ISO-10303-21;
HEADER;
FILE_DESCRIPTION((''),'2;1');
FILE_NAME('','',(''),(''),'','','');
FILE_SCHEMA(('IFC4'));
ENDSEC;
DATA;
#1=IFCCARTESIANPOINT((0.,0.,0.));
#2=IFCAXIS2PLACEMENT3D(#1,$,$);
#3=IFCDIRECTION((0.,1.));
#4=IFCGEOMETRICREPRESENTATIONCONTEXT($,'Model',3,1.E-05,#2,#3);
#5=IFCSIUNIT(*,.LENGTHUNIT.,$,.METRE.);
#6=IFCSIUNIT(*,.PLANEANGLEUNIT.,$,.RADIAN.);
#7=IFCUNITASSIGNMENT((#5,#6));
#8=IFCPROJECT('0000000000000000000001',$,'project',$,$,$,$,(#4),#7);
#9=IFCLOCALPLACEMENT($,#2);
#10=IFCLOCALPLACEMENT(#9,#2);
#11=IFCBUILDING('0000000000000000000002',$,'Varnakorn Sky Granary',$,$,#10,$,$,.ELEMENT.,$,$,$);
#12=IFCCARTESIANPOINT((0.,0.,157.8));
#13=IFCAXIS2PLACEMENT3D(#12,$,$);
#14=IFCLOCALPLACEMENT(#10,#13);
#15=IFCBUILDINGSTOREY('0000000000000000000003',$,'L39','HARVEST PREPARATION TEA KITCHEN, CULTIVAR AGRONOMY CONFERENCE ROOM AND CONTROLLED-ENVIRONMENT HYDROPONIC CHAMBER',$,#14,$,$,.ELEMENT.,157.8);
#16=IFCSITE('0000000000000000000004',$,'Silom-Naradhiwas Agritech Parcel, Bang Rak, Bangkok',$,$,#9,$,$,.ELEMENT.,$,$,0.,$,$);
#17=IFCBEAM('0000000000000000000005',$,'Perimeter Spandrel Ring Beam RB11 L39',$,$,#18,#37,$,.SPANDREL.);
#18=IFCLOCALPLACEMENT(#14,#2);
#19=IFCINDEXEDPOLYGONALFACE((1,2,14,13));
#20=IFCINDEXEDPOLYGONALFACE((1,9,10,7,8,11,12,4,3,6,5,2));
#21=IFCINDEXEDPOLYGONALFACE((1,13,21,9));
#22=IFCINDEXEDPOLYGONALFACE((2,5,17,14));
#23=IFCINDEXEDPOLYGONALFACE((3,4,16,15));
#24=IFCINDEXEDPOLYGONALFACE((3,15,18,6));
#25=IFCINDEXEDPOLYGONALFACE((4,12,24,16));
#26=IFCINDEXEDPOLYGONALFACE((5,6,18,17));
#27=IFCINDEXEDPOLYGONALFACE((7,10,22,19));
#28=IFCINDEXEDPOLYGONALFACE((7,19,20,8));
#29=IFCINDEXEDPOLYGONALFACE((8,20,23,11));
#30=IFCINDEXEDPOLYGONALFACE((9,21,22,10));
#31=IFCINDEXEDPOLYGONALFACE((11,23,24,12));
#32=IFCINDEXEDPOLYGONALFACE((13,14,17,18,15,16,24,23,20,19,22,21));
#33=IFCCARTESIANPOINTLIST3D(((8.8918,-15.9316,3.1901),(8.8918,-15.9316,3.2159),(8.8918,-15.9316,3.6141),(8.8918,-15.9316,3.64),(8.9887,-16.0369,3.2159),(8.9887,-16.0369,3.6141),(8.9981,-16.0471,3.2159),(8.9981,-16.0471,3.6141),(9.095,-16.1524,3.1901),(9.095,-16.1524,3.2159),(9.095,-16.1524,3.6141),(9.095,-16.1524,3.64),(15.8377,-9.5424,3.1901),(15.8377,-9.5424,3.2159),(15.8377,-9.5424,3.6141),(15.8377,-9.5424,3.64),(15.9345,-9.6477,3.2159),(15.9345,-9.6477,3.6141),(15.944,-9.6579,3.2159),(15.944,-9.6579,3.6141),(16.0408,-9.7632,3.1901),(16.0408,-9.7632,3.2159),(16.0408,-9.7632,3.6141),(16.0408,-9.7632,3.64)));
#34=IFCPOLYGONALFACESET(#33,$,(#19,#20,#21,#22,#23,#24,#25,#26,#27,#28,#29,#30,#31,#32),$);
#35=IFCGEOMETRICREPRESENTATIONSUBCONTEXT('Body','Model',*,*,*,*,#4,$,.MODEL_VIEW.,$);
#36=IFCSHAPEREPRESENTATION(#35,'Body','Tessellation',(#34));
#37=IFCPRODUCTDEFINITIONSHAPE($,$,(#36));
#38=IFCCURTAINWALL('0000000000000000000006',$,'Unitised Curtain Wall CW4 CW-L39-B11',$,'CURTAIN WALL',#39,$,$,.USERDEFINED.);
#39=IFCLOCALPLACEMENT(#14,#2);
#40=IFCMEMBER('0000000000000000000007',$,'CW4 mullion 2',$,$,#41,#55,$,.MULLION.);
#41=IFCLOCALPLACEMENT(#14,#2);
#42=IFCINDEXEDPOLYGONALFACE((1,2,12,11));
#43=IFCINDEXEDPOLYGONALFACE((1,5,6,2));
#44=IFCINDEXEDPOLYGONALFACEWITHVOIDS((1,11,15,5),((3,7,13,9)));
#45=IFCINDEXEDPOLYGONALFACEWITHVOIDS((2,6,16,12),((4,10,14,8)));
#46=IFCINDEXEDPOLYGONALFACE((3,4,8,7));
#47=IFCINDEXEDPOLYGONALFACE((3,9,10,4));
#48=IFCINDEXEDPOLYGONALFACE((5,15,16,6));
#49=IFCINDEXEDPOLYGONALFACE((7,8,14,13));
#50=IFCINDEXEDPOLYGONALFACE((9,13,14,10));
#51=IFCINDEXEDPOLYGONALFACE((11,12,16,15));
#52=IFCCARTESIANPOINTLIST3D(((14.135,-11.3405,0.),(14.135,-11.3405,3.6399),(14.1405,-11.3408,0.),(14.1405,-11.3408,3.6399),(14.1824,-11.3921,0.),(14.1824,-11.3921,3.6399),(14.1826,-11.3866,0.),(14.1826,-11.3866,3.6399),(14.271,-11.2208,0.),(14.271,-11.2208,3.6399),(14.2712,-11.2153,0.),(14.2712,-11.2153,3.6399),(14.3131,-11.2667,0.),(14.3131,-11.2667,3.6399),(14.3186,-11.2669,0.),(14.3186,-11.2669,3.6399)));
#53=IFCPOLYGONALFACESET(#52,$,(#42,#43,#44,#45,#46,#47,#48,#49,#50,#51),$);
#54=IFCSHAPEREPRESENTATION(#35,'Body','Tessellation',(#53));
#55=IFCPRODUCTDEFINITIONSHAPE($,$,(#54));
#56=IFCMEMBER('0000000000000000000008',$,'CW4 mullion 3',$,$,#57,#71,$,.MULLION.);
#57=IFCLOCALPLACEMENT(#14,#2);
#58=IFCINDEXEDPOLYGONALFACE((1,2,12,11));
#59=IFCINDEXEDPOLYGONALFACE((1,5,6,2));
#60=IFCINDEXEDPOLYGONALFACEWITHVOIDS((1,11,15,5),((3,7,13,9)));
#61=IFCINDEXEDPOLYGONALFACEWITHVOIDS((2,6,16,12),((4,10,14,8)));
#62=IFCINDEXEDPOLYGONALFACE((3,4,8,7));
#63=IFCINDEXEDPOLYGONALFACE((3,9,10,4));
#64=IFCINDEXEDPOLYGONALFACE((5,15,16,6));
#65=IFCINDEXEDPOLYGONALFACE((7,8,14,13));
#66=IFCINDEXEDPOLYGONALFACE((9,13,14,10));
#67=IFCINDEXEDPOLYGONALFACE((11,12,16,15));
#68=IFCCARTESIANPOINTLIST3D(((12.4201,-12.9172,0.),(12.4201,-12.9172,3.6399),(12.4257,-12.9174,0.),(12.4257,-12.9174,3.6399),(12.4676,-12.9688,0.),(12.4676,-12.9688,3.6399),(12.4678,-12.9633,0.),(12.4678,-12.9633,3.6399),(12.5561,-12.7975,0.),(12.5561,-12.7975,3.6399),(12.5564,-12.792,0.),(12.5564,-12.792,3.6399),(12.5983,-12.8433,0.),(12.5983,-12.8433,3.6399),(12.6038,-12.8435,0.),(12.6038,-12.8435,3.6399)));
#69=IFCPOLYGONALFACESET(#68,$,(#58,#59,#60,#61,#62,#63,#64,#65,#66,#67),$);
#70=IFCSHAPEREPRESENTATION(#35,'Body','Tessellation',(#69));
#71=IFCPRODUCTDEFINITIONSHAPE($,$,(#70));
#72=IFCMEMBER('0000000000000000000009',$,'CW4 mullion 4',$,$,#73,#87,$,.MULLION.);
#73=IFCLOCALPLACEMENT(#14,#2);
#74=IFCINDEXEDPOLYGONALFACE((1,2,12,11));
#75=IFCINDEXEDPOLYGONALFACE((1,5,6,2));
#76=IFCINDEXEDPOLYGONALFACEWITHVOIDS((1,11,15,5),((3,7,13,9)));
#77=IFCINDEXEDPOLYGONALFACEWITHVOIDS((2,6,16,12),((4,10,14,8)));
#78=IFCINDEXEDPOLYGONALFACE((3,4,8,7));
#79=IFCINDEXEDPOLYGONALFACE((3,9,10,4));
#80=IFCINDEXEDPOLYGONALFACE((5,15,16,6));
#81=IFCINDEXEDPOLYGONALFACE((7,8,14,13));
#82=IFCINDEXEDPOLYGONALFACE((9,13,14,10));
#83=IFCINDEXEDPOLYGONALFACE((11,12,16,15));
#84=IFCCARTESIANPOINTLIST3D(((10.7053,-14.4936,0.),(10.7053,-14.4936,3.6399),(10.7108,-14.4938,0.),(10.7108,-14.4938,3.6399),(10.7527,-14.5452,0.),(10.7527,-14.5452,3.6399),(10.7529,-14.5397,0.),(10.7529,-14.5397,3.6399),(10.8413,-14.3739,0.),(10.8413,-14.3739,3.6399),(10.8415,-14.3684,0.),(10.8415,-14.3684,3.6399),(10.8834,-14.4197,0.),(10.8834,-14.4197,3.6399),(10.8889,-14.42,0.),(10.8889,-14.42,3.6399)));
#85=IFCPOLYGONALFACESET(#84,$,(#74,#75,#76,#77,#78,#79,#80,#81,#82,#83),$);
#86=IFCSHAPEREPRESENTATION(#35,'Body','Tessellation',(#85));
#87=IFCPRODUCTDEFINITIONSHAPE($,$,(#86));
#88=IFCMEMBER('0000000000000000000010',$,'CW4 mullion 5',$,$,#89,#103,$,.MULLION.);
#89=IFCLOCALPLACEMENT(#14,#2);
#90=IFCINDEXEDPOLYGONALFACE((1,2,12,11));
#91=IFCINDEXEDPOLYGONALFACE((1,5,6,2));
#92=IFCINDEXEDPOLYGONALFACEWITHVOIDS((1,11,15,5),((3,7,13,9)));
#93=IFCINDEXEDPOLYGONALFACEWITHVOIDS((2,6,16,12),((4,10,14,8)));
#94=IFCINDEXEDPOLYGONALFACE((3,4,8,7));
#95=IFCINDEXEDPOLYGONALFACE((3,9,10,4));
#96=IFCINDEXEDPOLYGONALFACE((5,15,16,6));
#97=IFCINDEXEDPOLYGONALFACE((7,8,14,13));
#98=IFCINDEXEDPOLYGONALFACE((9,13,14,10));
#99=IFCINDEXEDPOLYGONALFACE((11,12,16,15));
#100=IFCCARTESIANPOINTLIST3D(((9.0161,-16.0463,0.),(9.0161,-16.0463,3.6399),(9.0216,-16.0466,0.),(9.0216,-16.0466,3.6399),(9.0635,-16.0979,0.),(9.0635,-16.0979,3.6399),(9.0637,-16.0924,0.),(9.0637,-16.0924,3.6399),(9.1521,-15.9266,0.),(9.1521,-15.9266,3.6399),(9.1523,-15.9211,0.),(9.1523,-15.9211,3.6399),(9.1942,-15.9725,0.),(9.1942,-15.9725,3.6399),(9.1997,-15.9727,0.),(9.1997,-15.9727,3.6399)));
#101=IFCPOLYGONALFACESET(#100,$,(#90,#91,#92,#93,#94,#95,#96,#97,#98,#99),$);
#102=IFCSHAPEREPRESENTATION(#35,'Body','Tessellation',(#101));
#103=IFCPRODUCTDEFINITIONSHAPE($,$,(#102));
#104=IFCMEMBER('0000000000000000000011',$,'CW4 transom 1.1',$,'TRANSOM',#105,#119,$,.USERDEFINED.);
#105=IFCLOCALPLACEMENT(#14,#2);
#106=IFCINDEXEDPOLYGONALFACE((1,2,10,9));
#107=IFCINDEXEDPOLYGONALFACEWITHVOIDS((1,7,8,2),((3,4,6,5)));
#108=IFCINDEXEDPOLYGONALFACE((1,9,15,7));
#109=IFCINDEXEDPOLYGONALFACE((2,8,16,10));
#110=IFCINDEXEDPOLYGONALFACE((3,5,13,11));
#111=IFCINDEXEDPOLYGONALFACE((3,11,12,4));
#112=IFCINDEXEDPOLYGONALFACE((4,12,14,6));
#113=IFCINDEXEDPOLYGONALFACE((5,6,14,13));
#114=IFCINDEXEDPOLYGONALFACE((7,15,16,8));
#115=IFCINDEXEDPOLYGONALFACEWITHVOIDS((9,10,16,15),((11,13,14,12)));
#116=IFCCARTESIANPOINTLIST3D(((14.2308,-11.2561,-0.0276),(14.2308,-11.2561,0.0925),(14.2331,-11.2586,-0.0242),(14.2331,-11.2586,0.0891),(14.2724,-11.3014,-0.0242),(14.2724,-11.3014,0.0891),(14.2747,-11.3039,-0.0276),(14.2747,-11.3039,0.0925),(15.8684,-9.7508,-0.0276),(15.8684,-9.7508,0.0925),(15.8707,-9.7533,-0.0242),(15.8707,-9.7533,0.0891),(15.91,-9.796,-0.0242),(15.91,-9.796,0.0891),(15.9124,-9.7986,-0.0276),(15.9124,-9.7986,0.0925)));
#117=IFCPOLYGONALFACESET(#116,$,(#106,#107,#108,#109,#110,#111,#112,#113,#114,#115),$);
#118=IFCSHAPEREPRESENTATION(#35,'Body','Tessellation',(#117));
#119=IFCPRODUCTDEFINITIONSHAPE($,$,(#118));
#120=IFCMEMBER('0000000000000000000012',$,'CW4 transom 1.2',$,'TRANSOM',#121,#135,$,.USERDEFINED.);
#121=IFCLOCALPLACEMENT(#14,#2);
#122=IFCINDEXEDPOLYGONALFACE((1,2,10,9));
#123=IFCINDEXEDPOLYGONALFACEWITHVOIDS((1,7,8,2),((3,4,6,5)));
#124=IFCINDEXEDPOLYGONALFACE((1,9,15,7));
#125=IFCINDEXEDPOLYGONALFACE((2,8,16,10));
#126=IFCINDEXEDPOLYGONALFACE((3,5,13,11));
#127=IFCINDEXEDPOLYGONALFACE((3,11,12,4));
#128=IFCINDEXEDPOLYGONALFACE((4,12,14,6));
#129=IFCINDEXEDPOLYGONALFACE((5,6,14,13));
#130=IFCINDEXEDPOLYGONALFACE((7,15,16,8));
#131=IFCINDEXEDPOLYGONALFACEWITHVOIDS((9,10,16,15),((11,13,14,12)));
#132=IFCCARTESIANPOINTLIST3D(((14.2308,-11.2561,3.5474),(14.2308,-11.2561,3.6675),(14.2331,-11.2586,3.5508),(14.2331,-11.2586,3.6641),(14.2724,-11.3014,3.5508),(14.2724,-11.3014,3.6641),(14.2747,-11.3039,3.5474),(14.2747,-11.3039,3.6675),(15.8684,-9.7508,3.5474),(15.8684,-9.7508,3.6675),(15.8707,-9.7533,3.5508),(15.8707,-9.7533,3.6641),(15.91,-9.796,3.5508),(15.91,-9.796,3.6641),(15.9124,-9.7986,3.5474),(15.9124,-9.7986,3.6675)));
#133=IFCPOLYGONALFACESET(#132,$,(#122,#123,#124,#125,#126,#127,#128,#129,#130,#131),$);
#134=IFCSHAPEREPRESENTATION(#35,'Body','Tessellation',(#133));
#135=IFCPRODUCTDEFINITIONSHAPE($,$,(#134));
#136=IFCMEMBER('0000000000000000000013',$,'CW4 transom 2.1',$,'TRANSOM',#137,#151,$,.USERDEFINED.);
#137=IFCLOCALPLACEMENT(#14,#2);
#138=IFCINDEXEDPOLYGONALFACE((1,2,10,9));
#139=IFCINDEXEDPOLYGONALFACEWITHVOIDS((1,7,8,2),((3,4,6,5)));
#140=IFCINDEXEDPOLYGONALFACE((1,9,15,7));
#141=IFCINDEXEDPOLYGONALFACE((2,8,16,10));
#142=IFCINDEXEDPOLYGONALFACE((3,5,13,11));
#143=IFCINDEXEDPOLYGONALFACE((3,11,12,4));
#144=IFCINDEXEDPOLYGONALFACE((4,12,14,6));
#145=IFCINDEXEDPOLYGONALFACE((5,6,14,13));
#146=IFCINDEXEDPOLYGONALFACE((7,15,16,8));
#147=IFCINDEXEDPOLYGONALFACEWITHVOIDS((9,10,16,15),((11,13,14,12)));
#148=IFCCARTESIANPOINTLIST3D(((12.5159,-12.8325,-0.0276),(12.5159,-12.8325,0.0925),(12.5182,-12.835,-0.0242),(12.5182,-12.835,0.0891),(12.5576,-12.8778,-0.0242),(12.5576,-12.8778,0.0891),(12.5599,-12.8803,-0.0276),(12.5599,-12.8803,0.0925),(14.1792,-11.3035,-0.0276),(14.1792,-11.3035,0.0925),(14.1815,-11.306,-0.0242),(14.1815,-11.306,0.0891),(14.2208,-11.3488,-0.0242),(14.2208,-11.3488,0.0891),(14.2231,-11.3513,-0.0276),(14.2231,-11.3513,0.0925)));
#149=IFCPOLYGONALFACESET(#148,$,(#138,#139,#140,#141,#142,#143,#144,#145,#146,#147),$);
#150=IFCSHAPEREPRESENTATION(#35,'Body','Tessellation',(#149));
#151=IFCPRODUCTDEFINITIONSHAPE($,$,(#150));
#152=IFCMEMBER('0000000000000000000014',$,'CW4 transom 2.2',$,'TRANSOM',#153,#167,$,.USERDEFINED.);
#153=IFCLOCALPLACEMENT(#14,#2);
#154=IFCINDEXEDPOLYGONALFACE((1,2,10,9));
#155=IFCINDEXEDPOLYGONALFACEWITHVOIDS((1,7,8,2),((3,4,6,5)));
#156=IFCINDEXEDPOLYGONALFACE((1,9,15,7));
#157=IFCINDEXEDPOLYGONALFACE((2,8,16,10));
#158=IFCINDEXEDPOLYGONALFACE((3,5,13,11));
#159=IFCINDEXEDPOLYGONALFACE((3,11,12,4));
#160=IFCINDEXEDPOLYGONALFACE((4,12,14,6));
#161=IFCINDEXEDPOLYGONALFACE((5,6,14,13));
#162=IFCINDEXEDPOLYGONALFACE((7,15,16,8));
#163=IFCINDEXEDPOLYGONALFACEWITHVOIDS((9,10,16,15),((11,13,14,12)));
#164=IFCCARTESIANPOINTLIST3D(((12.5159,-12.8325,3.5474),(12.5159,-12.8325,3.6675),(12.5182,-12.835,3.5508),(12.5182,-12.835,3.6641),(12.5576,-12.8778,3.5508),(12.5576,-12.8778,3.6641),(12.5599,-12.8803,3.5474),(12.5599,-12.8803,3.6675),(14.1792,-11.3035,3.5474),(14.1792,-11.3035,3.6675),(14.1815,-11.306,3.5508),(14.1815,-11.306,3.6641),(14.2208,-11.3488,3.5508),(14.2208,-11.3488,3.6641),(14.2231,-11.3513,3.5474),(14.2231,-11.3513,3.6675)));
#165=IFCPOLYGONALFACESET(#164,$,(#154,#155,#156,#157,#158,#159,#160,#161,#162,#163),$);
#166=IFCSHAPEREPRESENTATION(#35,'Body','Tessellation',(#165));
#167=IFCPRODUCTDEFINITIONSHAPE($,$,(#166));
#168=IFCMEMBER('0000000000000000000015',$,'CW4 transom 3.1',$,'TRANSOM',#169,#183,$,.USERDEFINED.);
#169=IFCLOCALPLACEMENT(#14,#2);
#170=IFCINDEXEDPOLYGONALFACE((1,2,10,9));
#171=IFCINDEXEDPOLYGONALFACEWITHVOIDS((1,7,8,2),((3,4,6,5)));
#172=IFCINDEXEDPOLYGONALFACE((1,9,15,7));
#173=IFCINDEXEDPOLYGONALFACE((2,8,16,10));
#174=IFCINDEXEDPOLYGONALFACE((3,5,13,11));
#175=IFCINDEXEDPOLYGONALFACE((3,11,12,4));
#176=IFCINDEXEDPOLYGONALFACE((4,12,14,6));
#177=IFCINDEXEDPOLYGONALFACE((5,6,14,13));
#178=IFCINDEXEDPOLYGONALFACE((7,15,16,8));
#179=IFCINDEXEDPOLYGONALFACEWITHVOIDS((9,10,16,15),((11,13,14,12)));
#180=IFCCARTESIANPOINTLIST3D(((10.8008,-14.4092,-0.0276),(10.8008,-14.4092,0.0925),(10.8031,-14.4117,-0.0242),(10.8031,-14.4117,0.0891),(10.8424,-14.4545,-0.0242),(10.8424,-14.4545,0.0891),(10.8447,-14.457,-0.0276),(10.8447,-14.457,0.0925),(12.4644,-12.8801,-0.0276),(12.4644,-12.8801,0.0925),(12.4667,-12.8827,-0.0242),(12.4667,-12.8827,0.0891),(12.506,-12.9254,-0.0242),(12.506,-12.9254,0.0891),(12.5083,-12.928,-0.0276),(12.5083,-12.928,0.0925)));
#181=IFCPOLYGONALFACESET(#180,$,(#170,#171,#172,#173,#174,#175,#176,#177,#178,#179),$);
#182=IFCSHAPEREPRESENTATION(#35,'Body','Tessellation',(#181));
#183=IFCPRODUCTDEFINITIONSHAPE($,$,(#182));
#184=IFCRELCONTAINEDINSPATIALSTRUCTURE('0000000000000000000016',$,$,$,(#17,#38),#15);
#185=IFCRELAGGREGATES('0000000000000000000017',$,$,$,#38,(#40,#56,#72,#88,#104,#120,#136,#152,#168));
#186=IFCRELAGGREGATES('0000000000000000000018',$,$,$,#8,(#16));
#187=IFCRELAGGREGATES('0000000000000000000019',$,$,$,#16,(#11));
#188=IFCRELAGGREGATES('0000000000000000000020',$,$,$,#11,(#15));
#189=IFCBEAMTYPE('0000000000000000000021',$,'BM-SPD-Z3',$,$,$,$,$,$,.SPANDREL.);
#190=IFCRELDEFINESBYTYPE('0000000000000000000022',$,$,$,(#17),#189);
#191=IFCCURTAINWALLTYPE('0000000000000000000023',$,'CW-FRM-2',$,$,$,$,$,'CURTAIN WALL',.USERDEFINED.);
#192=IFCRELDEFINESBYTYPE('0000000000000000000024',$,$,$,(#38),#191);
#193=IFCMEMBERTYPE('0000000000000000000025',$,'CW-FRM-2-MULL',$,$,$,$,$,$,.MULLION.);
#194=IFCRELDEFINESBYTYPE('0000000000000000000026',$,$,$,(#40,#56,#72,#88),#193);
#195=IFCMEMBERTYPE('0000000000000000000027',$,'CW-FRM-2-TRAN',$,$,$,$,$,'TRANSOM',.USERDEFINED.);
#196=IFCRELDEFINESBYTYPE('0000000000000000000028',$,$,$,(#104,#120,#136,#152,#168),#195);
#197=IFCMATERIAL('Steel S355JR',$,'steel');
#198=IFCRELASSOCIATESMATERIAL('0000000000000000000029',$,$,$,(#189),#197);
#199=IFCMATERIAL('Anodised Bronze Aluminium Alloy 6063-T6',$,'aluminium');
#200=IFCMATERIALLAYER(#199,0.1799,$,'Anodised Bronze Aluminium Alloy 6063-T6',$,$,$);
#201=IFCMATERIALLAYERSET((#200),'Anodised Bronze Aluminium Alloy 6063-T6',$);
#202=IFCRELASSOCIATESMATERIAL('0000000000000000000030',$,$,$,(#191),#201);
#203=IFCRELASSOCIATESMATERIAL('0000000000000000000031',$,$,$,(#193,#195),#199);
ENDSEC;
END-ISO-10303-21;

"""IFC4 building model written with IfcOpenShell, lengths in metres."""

from ifc_helpers import new_model, si_unit, direction, frame, origin, origin_2d, place, context, subcontext, project, spatial, hollow_rectangle, i_section, extrude, material, layer, layer_set, material_profile, profile_set, type_object, element, aggregate, save


model = new_model("IFC4")

# Units and contexts
model_context = context("Model", 3, precision=1e-05, world=origin(), true_north=direction((0.0, 1.0)))
body_context = subcontext(model_context, "Body", "Model", "MODEL_VIEW")
ifc_project = project(units=[si_unit("LENGTHUNIT", "METRE"), si_unit("PLANEANGLEUNIT", "RADIAN")], contexts=[model_context])

# Site, building, storey
site_placement = place(None, origin())
site = spatial("IfcSite", under=ifc_project, at=site_placement, Name="Silom-Naradhiwas Agritech Parcel, Bang Rak, Bangkok", CompositionType="ELEMENT", RefElevation=0.0)
building_placement = place(site_placement, origin())
building = spatial("IfcBuilding", under=site, at=building_placement, Name="Varnakorn Sky Granary", CompositionType="ELEMENT")
storey_placement = place(building_placement, frame((0.0, 0.0, 157.8)))
storey = spatial("IfcBuildingStorey", under=building, at=storey_placement, Name="L39", Description="HARVEST PREPARATION TEA KITCHEN, CULTIVAR AGRONOMY CONFERENCE ROOM AND CONTROLLED-ENVIRONMENT HYDROPONIC CHAMBER", CompositionType="ELEMENT", Elevation=157.8)

# Beam
ifc_material_1 = material(Name="Steel S355JR", Category="steel")
ifc_material_profile_1 = material_profile(ifc_material_1, i_section(OverallWidth=0.3, OverallDepth=0.45, WebThickness=0.0139, FlangeThickness=0.0259, at=origin_2d()), Name="HE 450 B")
ifc_profile_set_1 = profile_set([ifc_material_profile_1], Name="Steel S355JR")
beam_type = type_object("IfcBeamType", Name="BM-SPD-Z3", PredefinedType="SPANDREL", material=ifc_profile_set_1)
beam_placement = place(storey_placement, frame((8.9934, -16.042, 3.415), z_axis=(0.735983, 0.677, 0.0), x_axis=(-0.677, 0.735983, 0.0)))
element("IfcBeam", 1, at=beam_placement, inside=storey, type_object=beam_type, Name="Perimeter Spandrel Ring Beam RB11 L39", PredefinedType="SPANDREL", context=body_context, shape_type="SweptSolid", body=[
    extrude(i_section(OverallWidth=0.3, OverallDepth=0.45, WebThickness=0.0139, FlangeThickness=0.0259, at=origin_2d()), origin(), (0.0, 0.0, 1.0), 9.4375),
])

# Curtain wall, members
ifc_material_2 = material(Name="Anodised Bronze Aluminium Alloy 6063-T6", Category="aluminium")
ifc_layer_1 = layer(ifc_material_2, 0.1799, Name="Anodised Bronze Aluminium Alloy 6063-T6")
ifc_layer_set_1 = layer_set([ifc_layer_1], Name="Anodised Bronze Aluminium Alloy 6063-T6")
curtain_wall_type = type_object("IfcCurtainWallType", Name="CW-FRM-2", ElementType="CURTAIN WALL", PredefinedType="USERDEFINED", material=ifc_layer_set_1)
curtain_wall_placement = place(storey_placement, origin())
curtain_wall = element("IfcCurtainWall", 2, at=curtain_wall_placement, inside=storey, type_object=curtain_wall_type, Name="Unitised Curtain Wall CW4 CW-L39-B11", ObjectType="CURTAIN WALL", PredefinedType="USERDEFINED")
ifc_material_profile_2 = material_profile(ifc_material_2, hollow_rectangle(XDim=0.0701, YDim=0.1851, WallThickness=0.0039, at=origin_2d()), Name="ALU MULL 70x185")
ifc_profile_set_2 = profile_set([ifc_material_profile_2], Name="Anodised Bronze Aluminium Alloy 6063-T6")
member_type_1 = type_object("IfcMemberType", Name="CW-FRM-2-MULL", PredefinedType="MULLION", material=ifc_profile_set_2)
member_1_placement = place(storey_placement, frame((14.2268, -11.3037, 0.0), z_axis=(0.0, 0.0, 1.0), x_axis=(0.676758, -0.736205, 0.0)))
member_1 = element("IfcMember", 3, at=member_1_placement, type_object=member_type_1, Name="CW4 mullion 2", PredefinedType="MULLION", context=body_context, shape_type="SweptSolid", body=[
    extrude(hollow_rectangle(XDim=0.0701, YDim=0.1851, WallThickness=0.0039, at=origin_2d()), origin(), (0.0, 0.0, 1.0), 3.6399),
])
member_2_placement = place(storey_placement, frame((12.512, -12.8804, 0.0), z_axis=(0.0, 0.0, 1.0), x_axis=(0.676758, -0.736205, 0.0)))
member_2 = element("IfcMember", 4, at=member_2_placement, type_object=member_type_1, Name="CW4 mullion 3", PredefinedType="MULLION", context=body_context, shape_type="SweptSolid", body=[
    extrude(hollow_rectangle(XDim=0.0701, YDim=0.1851, WallThickness=0.0039, at=origin_2d()), origin(), (0.0, 0.0, 1.0), 3.6399),
])
member_3_placement = place(storey_placement, frame((10.7971, -14.4568, 0.0), z_axis=(0.0, 0.0, 1.0), x_axis=(0.676758, -0.736205, 0.0)))
member_3 = element("IfcMember", 5, at=member_3_placement, type_object=member_type_1, Name="CW4 mullion 4", PredefinedType="MULLION", context=body_context, shape_type="SweptSolid", body=[
    extrude(hollow_rectangle(XDim=0.0701, YDim=0.1851, WallThickness=0.0039, at=origin_2d()), origin(), (0.0, 0.0, 1.0), 3.6399),
])
member_4_placement = place(storey_placement, frame((9.1079, -16.0095, 0.0), z_axis=(0.0, 0.0, 1.0), x_axis=(0.676758, -0.736205, 0.0)))
member_4 = element("IfcMember", 6, at=member_4_placement, type_object=member_type_1, Name="CW4 mullion 5", PredefinedType="MULLION", context=body_context, shape_type="SweptSolid", body=[
    extrude(hollow_rectangle(XDim=0.0701, YDim=0.1851, WallThickness=0.0039, at=origin_2d()), origin(), (0.0, 0.0, 1.0), 3.6399),
])
ifc_material_profile_3 = material_profile(ifc_material_2, hollow_rectangle(XDim=0.0649, YDim=0.1201, WallThickness=0.0034, at=origin_2d()), Name="ALU TRAN 65x120")
ifc_profile_set_3 = profile_set([ifc_material_profile_3], Name="Anodised Bronze Aluminium Alloy 6063-T6")
member_type_2 = type_object("IfcMemberType", Name="CW-FRM-2-TRAN", ElementType="TRANSOM", PredefinedType="USERDEFINED", material=ifc_profile_set_3)
member_5_placement = place(storey_placement, frame((15.8904, -9.7747, 0.0325), z_axis=(-0.736224, -0.676738, 0.0), x_axis=(0.676738, -0.736224, 0.0)))
member_5 = element("IfcMember", 7, at=member_5_placement, type_object=member_type_2, Name="CW4 transom 1.1", ObjectType="TRANSOM", PredefinedType="USERDEFINED", context=body_context, shape_type="SweptSolid", body=[
    extrude(hollow_rectangle(XDim=0.0649, YDim=0.1201, WallThickness=0.0034, at=origin_2d()), origin(), (0.0, 0.0, 1.0), 2.2244),
])
member_6_placement = place(storey_placement, frame((15.8904, -9.7747, 3.6074), z_axis=(-0.736224, -0.676738, 0.0), x_axis=(0.676738, -0.736224, 0.0)))
member_6 = element("IfcMember", 8, at=member_6_placement, type_object=member_type_2, Name="CW4 transom 1.2", ObjectType="TRANSOM", PredefinedType="USERDEFINED", context=body_context, shape_type="SweptSolid", body=[
    extrude(hollow_rectangle(XDim=0.0649, YDim=0.1201, WallThickness=0.0034, at=origin_2d()), origin(), (0.0, 0.0, 1.0), 2.2244),
])
member_7_placement = place(storey_placement, frame((14.2012, -11.3274, 0.0325), z_axis=(-0.736198, -0.676766, 0.0), x_axis=(0.676766, -0.736198, 0.0)))
member_7 = element("IfcMember", 9, at=member_7_placement, type_object=member_type_2, Name="CW4 transom 2.1", ObjectType="TRANSOM", PredefinedType="USERDEFINED", context=body_context, shape_type="SweptSolid", body=[
    extrude(hollow_rectangle(XDim=0.0649, YDim=0.1201, WallThickness=0.0034, at=origin_2d()), origin(), (0.0, 0.0, 1.0), 2.2593),
])
member_8_placement = place(storey_placement, frame((14.2012, -11.3274, 3.6074), z_axis=(-0.736198, -0.676766, 0.0), x_axis=(0.676766, -0.736198, 0.0)))
member_8 = element("IfcMember", 10, at=member_8_placement, type_object=member_type_2, Name="CW4 transom 2.2", ObjectType="TRANSOM", PredefinedType="USERDEFINED", context=body_context, shape_type="SweptSolid", body=[
    extrude(hollow_rectangle(XDim=0.0649, YDim=0.1201, WallThickness=0.0034, at=origin_2d()), origin(), (0.0, 0.0, 1.0), 2.2593),
])
member_9_placement = place(storey_placement, frame((12.4863, -12.9041, 0.0325), z_axis=(-0.736247, -0.676712, 0.0), x_axis=(0.676712, -0.736247, 0.0)))
member_9 = element("IfcMember", 11, at=member_9_placement, type_object=member_type_2, Name="CW4 transom 3.1", ObjectType="TRANSOM", PredefinedType="USERDEFINED", context=body_context, shape_type="SweptSolid", body=[
    extrude(hollow_rectangle(XDim=0.0649, YDim=0.1201, WallThickness=0.0034, at=origin_2d()), origin(), (0.0, 0.0, 1.0), 2.2595),
])
aggregate(curtain_wall, [member_1, member_2, member_3, member_4, member_5, member_6, member_7, member_8, member_9])

save(model, "model.ifc")
